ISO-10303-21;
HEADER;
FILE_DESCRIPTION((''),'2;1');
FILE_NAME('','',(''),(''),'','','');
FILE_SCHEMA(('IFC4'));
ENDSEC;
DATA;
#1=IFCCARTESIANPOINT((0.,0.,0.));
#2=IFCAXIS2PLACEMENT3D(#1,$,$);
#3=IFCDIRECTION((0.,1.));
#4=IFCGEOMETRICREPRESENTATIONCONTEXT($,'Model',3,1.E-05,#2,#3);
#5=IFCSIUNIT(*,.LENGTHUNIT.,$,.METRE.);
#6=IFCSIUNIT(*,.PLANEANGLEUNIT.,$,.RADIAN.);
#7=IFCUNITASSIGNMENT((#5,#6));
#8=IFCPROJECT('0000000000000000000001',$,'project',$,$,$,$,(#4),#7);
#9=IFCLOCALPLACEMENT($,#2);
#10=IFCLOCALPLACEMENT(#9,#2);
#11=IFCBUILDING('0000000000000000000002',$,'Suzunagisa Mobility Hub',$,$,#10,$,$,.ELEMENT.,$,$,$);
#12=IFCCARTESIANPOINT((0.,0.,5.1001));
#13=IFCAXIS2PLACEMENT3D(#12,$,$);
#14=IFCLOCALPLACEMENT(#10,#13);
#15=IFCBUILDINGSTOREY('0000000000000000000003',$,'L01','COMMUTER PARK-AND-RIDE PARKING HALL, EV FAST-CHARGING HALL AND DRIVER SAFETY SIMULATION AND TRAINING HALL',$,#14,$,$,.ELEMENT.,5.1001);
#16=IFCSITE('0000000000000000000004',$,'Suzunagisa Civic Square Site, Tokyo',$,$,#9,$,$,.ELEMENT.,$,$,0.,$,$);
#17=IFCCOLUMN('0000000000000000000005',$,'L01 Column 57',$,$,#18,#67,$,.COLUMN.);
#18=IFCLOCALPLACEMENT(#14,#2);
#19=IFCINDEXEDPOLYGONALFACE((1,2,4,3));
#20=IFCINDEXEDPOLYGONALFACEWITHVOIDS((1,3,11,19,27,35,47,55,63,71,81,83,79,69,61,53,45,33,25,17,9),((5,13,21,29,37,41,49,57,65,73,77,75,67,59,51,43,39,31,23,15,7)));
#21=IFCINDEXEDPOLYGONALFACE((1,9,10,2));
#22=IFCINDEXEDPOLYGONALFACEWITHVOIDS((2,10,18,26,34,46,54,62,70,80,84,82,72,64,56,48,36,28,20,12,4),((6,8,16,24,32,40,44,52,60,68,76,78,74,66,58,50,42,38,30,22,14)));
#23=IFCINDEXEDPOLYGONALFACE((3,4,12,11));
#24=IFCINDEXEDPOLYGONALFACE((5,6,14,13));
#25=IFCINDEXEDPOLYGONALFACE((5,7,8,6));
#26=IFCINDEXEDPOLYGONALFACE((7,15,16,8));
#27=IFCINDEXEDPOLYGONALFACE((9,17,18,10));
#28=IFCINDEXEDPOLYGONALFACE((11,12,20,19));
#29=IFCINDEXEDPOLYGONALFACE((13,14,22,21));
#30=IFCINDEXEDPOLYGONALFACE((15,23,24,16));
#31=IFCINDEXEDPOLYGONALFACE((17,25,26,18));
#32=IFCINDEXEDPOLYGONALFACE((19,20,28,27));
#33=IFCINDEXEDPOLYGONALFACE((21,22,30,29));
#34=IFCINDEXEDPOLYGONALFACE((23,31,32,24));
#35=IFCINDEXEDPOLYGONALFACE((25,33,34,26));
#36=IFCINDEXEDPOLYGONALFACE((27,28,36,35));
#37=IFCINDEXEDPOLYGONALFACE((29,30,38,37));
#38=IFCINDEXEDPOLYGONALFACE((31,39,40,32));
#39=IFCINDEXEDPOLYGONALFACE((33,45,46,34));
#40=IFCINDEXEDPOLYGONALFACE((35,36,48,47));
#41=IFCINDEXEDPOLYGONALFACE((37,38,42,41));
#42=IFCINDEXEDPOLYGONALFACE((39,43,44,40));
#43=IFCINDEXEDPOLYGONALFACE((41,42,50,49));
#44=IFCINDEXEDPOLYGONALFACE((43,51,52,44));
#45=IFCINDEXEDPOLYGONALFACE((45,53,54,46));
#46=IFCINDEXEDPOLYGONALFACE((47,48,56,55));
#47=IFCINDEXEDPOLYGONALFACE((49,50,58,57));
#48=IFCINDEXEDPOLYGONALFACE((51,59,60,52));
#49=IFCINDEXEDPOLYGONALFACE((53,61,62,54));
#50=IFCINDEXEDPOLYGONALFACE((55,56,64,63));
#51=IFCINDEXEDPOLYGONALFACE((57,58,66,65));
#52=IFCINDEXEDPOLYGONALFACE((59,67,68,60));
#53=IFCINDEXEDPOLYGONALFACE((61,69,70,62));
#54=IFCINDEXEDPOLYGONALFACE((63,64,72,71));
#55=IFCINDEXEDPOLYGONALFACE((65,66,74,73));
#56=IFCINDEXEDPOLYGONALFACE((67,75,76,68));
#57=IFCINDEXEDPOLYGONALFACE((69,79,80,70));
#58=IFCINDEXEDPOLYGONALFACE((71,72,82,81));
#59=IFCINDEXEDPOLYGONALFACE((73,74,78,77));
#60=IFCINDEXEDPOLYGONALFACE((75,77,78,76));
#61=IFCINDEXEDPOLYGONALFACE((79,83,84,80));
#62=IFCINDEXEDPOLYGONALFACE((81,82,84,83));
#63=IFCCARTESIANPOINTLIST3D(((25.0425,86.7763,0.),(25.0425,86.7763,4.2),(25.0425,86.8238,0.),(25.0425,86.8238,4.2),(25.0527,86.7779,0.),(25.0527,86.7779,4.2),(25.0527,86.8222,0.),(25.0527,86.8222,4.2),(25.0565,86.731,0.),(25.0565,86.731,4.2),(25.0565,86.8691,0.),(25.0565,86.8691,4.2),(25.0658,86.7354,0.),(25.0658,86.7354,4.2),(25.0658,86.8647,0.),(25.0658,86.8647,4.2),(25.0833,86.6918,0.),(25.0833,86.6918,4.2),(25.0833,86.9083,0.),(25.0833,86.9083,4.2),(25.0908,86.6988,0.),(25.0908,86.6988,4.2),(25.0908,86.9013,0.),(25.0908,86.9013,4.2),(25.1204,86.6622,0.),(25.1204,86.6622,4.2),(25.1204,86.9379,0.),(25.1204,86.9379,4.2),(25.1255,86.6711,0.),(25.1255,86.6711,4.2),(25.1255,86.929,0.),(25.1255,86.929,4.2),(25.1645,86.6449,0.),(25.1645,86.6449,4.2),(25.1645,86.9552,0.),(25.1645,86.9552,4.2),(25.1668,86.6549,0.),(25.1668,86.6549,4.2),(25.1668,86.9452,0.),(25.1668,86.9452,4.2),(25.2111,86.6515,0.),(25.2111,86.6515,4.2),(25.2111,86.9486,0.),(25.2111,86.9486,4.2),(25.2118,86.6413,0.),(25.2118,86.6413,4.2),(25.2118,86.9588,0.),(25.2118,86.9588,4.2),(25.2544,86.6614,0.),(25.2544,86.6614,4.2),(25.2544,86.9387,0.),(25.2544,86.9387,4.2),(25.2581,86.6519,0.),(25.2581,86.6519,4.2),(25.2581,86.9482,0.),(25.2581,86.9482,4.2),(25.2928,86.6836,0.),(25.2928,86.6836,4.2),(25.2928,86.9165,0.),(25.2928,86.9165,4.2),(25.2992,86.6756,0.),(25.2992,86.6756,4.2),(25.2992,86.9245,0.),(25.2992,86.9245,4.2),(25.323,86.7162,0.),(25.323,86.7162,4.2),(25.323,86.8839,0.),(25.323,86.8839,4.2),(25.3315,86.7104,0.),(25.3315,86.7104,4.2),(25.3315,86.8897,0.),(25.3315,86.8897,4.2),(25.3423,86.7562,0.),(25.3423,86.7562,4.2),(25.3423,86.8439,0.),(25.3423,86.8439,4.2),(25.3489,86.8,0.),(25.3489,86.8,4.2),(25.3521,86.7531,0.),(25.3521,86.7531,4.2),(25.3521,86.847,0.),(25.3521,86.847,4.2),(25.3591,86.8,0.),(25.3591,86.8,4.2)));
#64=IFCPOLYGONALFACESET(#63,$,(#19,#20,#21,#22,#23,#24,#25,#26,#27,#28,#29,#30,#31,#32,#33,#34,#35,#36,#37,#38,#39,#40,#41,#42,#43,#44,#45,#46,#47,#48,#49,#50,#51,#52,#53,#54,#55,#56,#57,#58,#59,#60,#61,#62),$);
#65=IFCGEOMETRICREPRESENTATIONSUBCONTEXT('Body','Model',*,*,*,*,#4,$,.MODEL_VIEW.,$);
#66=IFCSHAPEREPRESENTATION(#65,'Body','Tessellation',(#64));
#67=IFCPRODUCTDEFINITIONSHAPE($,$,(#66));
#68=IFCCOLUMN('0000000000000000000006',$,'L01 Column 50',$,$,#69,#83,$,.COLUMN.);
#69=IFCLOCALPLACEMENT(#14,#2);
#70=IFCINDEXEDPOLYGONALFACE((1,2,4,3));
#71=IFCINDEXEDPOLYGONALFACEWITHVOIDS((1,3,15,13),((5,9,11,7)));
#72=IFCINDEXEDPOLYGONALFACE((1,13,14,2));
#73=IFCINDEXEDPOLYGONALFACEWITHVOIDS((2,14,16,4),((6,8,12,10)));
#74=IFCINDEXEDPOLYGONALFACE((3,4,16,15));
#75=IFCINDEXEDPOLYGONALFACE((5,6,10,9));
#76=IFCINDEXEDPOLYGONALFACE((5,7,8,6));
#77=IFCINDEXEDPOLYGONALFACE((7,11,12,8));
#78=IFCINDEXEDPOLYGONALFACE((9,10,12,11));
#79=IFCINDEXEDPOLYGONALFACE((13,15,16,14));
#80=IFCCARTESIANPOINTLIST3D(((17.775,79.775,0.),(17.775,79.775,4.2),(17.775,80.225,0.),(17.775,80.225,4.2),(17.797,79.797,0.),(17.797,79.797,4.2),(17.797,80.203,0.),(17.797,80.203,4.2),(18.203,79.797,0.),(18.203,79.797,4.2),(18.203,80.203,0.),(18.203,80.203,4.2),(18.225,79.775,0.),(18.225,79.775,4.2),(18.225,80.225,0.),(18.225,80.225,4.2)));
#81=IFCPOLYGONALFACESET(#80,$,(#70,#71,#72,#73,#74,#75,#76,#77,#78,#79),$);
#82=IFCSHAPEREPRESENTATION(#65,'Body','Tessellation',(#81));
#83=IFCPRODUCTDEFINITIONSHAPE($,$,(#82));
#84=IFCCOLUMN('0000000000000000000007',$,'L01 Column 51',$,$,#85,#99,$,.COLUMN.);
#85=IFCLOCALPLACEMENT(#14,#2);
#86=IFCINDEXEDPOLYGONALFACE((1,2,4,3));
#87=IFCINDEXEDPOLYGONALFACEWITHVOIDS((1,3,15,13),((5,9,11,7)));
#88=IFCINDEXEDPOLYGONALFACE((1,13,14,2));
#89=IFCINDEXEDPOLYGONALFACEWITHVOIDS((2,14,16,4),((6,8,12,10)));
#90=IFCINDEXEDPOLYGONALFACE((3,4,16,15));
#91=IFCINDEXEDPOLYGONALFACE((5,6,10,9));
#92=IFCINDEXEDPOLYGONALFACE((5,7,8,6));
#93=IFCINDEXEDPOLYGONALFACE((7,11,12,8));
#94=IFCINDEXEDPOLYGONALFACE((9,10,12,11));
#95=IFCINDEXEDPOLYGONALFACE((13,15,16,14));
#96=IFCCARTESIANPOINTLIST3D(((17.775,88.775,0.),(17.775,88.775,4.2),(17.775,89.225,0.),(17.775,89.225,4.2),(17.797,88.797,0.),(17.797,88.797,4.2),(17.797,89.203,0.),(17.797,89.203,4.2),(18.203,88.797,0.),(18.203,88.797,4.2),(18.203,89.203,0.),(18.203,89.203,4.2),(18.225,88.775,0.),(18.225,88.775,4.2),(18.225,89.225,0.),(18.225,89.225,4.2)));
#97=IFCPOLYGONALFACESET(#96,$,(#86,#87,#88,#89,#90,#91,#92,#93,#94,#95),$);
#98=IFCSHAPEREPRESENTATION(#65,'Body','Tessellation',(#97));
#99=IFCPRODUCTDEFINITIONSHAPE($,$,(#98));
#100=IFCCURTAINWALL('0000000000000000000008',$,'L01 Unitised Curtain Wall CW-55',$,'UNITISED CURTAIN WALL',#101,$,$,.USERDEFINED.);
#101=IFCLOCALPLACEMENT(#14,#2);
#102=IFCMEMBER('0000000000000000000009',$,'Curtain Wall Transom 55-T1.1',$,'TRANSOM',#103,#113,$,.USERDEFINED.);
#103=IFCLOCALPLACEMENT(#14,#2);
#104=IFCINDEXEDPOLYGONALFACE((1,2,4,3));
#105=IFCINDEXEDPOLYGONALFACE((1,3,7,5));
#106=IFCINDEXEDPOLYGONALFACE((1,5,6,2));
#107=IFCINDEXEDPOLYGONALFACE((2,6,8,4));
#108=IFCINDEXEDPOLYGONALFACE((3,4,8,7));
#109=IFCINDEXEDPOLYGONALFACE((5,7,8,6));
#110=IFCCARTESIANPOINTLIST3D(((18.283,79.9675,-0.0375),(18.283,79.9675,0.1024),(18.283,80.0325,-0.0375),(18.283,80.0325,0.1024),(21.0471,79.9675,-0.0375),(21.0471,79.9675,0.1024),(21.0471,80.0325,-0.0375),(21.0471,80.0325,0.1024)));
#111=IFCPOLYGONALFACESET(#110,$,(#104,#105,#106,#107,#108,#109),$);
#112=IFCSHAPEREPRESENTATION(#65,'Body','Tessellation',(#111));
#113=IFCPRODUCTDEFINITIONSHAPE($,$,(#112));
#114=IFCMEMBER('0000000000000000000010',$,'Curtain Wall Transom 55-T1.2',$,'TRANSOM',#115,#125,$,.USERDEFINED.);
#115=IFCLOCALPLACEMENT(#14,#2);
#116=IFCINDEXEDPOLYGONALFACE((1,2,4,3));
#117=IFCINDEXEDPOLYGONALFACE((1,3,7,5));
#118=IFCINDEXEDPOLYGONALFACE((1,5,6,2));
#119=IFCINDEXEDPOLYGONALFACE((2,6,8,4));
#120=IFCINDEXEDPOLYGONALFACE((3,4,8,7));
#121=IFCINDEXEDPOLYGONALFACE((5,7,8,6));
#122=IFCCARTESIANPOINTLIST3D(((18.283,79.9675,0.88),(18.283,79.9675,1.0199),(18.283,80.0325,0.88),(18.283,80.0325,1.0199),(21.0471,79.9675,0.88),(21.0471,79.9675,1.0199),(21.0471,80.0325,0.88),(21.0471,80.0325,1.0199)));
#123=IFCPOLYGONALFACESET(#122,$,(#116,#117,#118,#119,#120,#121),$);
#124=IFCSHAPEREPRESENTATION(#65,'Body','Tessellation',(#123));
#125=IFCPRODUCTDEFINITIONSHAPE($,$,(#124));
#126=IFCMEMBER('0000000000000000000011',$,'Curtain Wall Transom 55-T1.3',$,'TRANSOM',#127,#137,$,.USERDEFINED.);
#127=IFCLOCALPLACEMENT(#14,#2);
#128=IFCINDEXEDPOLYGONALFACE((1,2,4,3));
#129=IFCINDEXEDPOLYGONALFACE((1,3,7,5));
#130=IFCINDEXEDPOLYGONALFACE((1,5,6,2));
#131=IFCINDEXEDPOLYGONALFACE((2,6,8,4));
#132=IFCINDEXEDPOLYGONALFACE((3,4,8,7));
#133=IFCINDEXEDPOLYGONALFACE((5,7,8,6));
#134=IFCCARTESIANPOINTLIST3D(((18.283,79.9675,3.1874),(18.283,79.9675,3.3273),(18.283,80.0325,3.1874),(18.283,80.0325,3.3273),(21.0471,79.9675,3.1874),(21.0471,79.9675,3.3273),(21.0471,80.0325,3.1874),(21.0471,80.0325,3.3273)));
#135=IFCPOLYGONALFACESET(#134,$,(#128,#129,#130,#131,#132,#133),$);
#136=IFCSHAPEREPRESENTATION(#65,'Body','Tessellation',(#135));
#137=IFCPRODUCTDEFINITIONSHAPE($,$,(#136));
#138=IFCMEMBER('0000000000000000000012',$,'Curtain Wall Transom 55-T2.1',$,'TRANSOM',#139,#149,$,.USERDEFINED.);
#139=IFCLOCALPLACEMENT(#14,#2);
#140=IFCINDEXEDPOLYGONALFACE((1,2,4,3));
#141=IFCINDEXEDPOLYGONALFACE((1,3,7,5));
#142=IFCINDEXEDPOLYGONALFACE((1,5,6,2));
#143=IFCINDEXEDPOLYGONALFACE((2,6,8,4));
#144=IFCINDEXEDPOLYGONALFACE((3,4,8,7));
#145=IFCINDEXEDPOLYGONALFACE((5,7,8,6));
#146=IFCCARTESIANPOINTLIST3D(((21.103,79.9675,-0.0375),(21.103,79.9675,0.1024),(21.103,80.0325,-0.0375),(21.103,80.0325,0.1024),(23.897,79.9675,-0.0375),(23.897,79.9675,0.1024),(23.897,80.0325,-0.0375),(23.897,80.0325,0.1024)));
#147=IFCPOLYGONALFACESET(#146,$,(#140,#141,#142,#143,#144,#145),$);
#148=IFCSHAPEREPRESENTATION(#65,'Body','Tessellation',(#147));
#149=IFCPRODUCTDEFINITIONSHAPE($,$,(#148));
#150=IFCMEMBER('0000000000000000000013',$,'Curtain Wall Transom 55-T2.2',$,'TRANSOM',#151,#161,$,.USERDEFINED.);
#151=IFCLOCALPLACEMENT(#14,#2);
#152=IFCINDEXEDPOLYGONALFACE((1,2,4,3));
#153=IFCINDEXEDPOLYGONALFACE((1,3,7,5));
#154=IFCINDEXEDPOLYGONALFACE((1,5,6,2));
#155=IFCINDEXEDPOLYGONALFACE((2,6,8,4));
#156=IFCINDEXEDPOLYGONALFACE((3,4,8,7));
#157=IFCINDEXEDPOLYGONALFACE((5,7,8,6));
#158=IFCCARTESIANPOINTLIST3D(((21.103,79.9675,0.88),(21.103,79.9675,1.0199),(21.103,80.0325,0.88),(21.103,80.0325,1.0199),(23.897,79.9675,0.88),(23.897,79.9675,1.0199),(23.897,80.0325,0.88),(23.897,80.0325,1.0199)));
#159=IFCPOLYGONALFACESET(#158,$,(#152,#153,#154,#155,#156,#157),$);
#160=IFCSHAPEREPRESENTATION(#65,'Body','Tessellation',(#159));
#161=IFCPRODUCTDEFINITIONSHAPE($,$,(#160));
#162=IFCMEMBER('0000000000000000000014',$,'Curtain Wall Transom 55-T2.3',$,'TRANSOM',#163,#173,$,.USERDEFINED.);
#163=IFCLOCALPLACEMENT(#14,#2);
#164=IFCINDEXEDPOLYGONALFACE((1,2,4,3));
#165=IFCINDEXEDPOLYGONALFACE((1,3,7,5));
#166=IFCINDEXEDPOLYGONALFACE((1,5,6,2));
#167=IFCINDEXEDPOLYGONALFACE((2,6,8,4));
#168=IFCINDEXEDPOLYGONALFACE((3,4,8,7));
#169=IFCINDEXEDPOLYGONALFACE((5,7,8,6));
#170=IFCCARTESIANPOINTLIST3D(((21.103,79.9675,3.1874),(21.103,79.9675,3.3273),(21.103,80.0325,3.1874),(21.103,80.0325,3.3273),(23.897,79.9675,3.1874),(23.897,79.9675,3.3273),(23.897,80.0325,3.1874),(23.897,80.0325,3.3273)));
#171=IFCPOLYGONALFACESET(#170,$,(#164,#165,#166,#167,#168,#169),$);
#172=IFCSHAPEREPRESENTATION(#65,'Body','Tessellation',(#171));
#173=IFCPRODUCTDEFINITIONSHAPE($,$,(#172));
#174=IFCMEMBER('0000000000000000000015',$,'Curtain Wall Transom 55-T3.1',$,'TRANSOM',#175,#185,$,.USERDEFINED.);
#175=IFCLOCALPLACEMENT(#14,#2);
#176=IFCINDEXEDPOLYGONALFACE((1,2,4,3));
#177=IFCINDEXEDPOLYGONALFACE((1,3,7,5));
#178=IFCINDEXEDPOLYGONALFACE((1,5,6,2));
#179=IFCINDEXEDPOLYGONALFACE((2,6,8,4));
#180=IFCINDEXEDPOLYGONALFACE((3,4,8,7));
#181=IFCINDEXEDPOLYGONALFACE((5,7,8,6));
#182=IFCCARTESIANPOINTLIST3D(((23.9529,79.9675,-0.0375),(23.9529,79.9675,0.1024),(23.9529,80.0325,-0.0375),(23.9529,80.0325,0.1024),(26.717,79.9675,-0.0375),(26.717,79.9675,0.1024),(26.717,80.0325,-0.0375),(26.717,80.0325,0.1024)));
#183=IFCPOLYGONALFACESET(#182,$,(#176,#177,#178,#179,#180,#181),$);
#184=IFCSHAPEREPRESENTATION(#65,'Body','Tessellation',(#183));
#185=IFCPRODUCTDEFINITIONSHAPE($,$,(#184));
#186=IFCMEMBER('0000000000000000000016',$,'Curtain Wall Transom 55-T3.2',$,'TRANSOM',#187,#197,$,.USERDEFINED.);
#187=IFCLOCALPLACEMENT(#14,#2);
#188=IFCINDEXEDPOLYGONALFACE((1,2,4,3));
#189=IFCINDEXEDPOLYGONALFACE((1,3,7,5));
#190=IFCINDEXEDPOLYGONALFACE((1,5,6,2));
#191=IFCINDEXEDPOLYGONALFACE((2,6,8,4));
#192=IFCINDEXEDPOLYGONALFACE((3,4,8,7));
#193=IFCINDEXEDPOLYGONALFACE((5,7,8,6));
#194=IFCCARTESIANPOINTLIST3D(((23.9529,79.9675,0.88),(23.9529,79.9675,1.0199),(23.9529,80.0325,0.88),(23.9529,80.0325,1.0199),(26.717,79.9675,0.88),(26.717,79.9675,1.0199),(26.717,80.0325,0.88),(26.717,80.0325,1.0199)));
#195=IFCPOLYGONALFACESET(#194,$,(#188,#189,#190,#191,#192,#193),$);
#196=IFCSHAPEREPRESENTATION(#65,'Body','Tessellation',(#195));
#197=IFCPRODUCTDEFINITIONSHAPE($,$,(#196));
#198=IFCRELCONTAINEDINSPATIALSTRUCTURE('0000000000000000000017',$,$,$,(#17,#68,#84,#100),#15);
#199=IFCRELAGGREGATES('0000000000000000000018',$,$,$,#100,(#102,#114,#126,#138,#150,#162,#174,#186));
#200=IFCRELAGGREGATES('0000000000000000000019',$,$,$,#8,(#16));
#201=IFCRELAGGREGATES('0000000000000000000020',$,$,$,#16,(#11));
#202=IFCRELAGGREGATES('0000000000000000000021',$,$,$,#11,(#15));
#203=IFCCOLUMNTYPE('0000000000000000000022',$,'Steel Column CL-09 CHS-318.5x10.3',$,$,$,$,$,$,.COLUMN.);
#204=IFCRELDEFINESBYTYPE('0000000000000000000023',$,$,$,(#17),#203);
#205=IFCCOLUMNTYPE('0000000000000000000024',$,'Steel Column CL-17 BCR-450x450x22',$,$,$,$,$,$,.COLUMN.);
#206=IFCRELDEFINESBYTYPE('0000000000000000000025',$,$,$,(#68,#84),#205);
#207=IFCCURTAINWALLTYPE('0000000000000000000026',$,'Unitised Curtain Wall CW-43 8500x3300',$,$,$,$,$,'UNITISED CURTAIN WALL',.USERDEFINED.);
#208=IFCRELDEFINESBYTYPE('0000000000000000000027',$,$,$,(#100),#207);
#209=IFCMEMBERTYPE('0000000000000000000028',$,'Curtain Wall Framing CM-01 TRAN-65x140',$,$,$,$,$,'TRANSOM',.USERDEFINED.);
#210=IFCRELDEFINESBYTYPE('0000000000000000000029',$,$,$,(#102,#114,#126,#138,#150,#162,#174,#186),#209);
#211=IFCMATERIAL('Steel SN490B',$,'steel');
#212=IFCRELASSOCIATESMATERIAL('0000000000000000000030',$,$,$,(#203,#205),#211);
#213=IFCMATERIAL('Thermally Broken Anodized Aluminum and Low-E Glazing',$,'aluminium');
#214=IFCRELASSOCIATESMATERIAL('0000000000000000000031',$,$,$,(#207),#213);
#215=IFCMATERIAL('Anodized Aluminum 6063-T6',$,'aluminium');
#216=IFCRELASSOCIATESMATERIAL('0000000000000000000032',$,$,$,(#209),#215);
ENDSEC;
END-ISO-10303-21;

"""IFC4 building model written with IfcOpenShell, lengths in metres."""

from ifc_helpers import new_model, si_unit, direction, frame, origin, origin_2d, place, context, subcontext, project, spatial, rectangle, hollow_rectangle, hollow_circle, extrude, material, material_profile, profile_set, type_object, element, aggregate, save


model = new_model("IFC4")

# Units and contexts
model_context = context("Model", 3, precision=1e-05, world=origin(), true_north=direction((0.0, 1.0)))
body_context = subcontext(model_context, "Body", "Model", "MODEL_VIEW")
ifc_project = project(units=[si_unit("LENGTHUNIT", "METRE"), si_unit("PLANEANGLEUNIT", "RADIAN")], contexts=[model_context])

# Site, building, storey
site_placement = place(None, origin())
site = spatial("IfcSite", under=ifc_project, at=site_placement, Name="Suzunagisa Civic Square Site, Tokyo", CompositionType="ELEMENT", RefElevation=0.0)
building_placement = place(site_placement, origin())
building = spatial("IfcBuilding", under=site, at=building_placement, Name="Suzunagisa Mobility Hub", CompositionType="ELEMENT")
storey_placement = place(building_placement, frame((0.0, 0.0, 5.1001)))
storey = spatial("IfcBuildingStorey", under=building, at=storey_placement, Name="L01", Description="COMMUTER PARK-AND-RIDE PARKING HALL, EV FAST-CHARGING HALL AND DRIVER SAFETY SIMULATION AND TRAINING HALL", CompositionType="ELEMENT", Elevation=5.1001)

# Columns
ifc_material_1 = material(Name="Steel SN490B", Category="steel")
ifc_material_profile_1 = material_profile(ifc_material_1, hollow_circle(Radius=0.1592, WallThickness=0.0103, at=origin_2d()), Name="CHS-318.5x10.3")
ifc_profile_set_1 = profile_set([ifc_material_profile_1], Name="Steel SN490B")
column_type_1 = type_object("IfcColumnType", Name="Steel Column CL-09 CHS-318.5x10.3", PredefinedType="COLUMN", material=ifc_profile_set_1)
for number, where, z_axis, x_axis, name in (
    (1, (25.2, 86.8, 0.0), (0.0, 0.0, 1.0), (1.0, 0.0, 0.0), "L01 Column 57"),
):
    element("IfcColumn", number, at=place(storey_placement, frame(where, z_axis=z_axis, x_axis=x_axis)), inside=storey, type_object=column_type_1, Name=name, PredefinedType="COLUMN", context=body_context, shape_type="SweptSolid", body=[
        extrude(hollow_circle(Radius=0.1592, WallThickness=0.0103, at=origin_2d()), origin(), (0.0, 0.0, 1.0), 4.2),
    ])
ifc_material_profile_2 = material_profile(ifc_material_1, hollow_rectangle(XDim=0.45, YDim=0.45, WallThickness=0.022, at=origin_2d()), Name="BCR-450x450x22")
ifc_profile_set_2 = profile_set([ifc_material_profile_2], Name="Steel SN490B")
column_type_2 = type_object("IfcColumnType", Name="Steel Column CL-17 BCR-450x450x22", PredefinedType="COLUMN", material=ifc_profile_set_2)
for number, where, z_axis, x_axis, name in (
    (2, (18.0, 80.0, 0.0), (0.0, 0.0, 1.0), (1.0, 0.0, 0.0), "L01 Column 50"),
    (3, (18.0, 89.0, 0.0), (0.0, 0.0, 1.0), (1.0, 0.0, 0.0), "L01 Column 51"),
):
    element("IfcColumn", number, at=place(storey_placement, frame(where, z_axis=z_axis, x_axis=x_axis)), inside=storey, type_object=column_type_2, Name=name, PredefinedType="COLUMN", context=body_context, shape_type="SweptSolid", body=[
        extrude(hollow_rectangle(XDim=0.45, YDim=0.45, WallThickness=0.022, at=origin_2d()), origin(), (0.0, 0.0, 1.0), 4.2),
    ])

# Curtain wall, members
ifc_material_2 = material(Name="Thermally Broken Anodized Aluminum and Low-E Glazing", Category="aluminium")
curtain_wall_type = type_object("IfcCurtainWallType", Name="Unitised Curtain Wall CW-43 8500x3300", ElementType="UNITISED CURTAIN WALL", PredefinedType="USERDEFINED", material=ifc_material_2)
curtain_wall_placement = place(storey_placement, origin())
curtain_wall = element("IfcCurtainWall", 4, at=curtain_wall_placement, inside=storey, type_object=curtain_wall_type, Name="L01 Unitised Curtain Wall CW-55", ObjectType="UNITISED CURTAIN WALL", PredefinedType="USERDEFINED")
ifc_material_3 = material(Name="Anodized Aluminum 6063-T6", Category="aluminium")
ifc_material_profile_3 = material_profile(ifc_material_3, rectangle(XDim=0.0649, YDim=0.1399, at=origin_2d()), Name="TRAN-65x140")
ifc_profile_set_3 = profile_set([ifc_material_profile_3], Name="Anodized Aluminum 6063-T6")
member_type_1 = type_object("IfcMemberType", Name="Curtain Wall Framing CM-01 TRAN-65x140", ElementType="TRANSOM", PredefinedType="USERDEFINED", material=ifc_profile_set_3)
member_1_placement = place(storey_placement, frame((18.283, 80.0, 0.0325), z_axis=(1.0, 0.0, 0.0), x_axis=(0.0, 1.0, 0.0)))
member_1 = element("IfcMember", 5, at=member_1_placement, type_object=member_type_1, Name="Curtain Wall Transom 55-T1.1", ObjectType="TRANSOM", PredefinedType="USERDEFINED", context=body_context, shape_type="SweptSolid", body=[
    extrude(rectangle(XDim=0.0649, YDim=0.1399, at=origin_2d()), origin(), (0.0, 0.0, 1.0), 2.7642),
])
member_2_placement = place(storey_placement, frame((18.283, 80.0, 0.95), z_axis=(1.0, 0.0, 0.0), x_axis=(0.0, 1.0, 0.0)))
member_2 = element("IfcMember", 6, at=member_2_placement, type_object=member_type_1, Name="Curtain Wall Transom 55-T1.2", ObjectType="TRANSOM", PredefinedType="USERDEFINED", context=body_context, shape_type="SweptSolid", body=[
    extrude(rectangle(XDim=0.0649, YDim=0.1399, at=origin_2d()), origin(), (0.0, 0.0, 1.0), 2.7642),
])
member_3_placement = place(storey_placement, frame((18.283, 80.0, 3.2573), z_axis=(1.0, 0.0, 0.0), x_axis=(0.0, 1.0, 0.0)))
member_3 = element("IfcMember", 7, at=member_3_placement, type_object=member_type_1, Name="Curtain Wall Transom 55-T1.3", ObjectType="TRANSOM", PredefinedType="USERDEFINED", context=body_context, shape_type="SweptSolid", body=[
    extrude(rectangle(XDim=0.0649, YDim=0.1399, at=origin_2d()), origin(), (0.0, 0.0, 1.0), 2.7642),
])
member_4_placement = place(storey_placement, frame((21.103, 80.0, 0.0325), z_axis=(1.0, 0.0, 0.0), x_axis=(0.0, 1.0, 0.0)))
member_4 = element("IfcMember", 8, at=member_4_placement, type_object=member_type_1, Name="Curtain Wall Transom 55-T2.1", ObjectType="TRANSOM", PredefinedType="USERDEFINED", context=body_context, shape_type="SweptSolid", body=[
    extrude(rectangle(XDim=0.0649, YDim=0.1399, at=origin_2d()), origin(), (0.0, 0.0, 1.0), 2.7939),
])
member_5_placement = place(storey_placement, frame((21.103, 80.0, 0.95), z_axis=(1.0, 0.0, 0.0), x_axis=(0.0, 1.0, 0.0)))
member_5 = element("IfcMember", 9, at=member_5_placement, type_object=member_type_1, Name="Curtain Wall Transom 55-T2.2", ObjectType="TRANSOM", PredefinedType="USERDEFINED", context=body_context, shape_type="SweptSolid", body=[
    extrude(rectangle(XDim=0.0649, YDim=0.1399, at=origin_2d()), origin(), (0.0, 0.0, 1.0), 2.7939),
])
member_6_placement = place(storey_placement, frame((21.103, 80.0, 3.2573), z_axis=(1.0, 0.0, 0.0), x_axis=(0.0, 1.0, 0.0)))
member_6 = element("IfcMember", 10, at=member_6_placement, type_object=member_type_1, Name="Curtain Wall Transom 55-T2.3", ObjectType="TRANSOM", PredefinedType="USERDEFINED", context=body_context, shape_type="SweptSolid", body=[
    extrude(rectangle(XDim=0.0649, YDim=0.1399, at=origin_2d()), origin(), (0.0, 0.0, 1.0), 2.7939),
])
member_7_placement = place(storey_placement, frame((23.9529, 80.0, 0.0325), z_axis=(1.0, 0.0, 0.0), x_axis=(0.0, 1.0, 0.0)))
member_7 = element("IfcMember", 11, at=member_7_placement, type_object=member_type_1, Name="Curtain Wall Transom 55-T3.1", ObjectType="TRANSOM", PredefinedType="USERDEFINED", context=body_context, shape_type="SweptSolid", body=[
    extrude(rectangle(XDim=0.0649, YDim=0.1399, at=origin_2d()), origin(), (0.0, 0.0, 1.0), 2.7642),
])
member_8_placement = place(storey_placement, frame((23.9529, 80.0, 0.95), z_axis=(1.0, 0.0, 0.0), x_axis=(0.0, 1.0, 0.0)))
member_8 = element("IfcMember", 12, at=member_8_placement, type_object=member_type_1, Name="Curtain Wall Transom 55-T3.2", ObjectType="TRANSOM", PredefinedType="USERDEFINED", context=body_context, shape_type="SweptSolid", body=[
    extrude(rectangle(XDim=0.0649, YDim=0.1399, at=origin_2d()), origin(), (0.0, 0.0, 1.0), 2.7642),
])

aggregate(curtain_wall, [member_1, member_2, member_3, member_4, member_5, member_6, member_7, member_8])

save(model, "model.ifc")
